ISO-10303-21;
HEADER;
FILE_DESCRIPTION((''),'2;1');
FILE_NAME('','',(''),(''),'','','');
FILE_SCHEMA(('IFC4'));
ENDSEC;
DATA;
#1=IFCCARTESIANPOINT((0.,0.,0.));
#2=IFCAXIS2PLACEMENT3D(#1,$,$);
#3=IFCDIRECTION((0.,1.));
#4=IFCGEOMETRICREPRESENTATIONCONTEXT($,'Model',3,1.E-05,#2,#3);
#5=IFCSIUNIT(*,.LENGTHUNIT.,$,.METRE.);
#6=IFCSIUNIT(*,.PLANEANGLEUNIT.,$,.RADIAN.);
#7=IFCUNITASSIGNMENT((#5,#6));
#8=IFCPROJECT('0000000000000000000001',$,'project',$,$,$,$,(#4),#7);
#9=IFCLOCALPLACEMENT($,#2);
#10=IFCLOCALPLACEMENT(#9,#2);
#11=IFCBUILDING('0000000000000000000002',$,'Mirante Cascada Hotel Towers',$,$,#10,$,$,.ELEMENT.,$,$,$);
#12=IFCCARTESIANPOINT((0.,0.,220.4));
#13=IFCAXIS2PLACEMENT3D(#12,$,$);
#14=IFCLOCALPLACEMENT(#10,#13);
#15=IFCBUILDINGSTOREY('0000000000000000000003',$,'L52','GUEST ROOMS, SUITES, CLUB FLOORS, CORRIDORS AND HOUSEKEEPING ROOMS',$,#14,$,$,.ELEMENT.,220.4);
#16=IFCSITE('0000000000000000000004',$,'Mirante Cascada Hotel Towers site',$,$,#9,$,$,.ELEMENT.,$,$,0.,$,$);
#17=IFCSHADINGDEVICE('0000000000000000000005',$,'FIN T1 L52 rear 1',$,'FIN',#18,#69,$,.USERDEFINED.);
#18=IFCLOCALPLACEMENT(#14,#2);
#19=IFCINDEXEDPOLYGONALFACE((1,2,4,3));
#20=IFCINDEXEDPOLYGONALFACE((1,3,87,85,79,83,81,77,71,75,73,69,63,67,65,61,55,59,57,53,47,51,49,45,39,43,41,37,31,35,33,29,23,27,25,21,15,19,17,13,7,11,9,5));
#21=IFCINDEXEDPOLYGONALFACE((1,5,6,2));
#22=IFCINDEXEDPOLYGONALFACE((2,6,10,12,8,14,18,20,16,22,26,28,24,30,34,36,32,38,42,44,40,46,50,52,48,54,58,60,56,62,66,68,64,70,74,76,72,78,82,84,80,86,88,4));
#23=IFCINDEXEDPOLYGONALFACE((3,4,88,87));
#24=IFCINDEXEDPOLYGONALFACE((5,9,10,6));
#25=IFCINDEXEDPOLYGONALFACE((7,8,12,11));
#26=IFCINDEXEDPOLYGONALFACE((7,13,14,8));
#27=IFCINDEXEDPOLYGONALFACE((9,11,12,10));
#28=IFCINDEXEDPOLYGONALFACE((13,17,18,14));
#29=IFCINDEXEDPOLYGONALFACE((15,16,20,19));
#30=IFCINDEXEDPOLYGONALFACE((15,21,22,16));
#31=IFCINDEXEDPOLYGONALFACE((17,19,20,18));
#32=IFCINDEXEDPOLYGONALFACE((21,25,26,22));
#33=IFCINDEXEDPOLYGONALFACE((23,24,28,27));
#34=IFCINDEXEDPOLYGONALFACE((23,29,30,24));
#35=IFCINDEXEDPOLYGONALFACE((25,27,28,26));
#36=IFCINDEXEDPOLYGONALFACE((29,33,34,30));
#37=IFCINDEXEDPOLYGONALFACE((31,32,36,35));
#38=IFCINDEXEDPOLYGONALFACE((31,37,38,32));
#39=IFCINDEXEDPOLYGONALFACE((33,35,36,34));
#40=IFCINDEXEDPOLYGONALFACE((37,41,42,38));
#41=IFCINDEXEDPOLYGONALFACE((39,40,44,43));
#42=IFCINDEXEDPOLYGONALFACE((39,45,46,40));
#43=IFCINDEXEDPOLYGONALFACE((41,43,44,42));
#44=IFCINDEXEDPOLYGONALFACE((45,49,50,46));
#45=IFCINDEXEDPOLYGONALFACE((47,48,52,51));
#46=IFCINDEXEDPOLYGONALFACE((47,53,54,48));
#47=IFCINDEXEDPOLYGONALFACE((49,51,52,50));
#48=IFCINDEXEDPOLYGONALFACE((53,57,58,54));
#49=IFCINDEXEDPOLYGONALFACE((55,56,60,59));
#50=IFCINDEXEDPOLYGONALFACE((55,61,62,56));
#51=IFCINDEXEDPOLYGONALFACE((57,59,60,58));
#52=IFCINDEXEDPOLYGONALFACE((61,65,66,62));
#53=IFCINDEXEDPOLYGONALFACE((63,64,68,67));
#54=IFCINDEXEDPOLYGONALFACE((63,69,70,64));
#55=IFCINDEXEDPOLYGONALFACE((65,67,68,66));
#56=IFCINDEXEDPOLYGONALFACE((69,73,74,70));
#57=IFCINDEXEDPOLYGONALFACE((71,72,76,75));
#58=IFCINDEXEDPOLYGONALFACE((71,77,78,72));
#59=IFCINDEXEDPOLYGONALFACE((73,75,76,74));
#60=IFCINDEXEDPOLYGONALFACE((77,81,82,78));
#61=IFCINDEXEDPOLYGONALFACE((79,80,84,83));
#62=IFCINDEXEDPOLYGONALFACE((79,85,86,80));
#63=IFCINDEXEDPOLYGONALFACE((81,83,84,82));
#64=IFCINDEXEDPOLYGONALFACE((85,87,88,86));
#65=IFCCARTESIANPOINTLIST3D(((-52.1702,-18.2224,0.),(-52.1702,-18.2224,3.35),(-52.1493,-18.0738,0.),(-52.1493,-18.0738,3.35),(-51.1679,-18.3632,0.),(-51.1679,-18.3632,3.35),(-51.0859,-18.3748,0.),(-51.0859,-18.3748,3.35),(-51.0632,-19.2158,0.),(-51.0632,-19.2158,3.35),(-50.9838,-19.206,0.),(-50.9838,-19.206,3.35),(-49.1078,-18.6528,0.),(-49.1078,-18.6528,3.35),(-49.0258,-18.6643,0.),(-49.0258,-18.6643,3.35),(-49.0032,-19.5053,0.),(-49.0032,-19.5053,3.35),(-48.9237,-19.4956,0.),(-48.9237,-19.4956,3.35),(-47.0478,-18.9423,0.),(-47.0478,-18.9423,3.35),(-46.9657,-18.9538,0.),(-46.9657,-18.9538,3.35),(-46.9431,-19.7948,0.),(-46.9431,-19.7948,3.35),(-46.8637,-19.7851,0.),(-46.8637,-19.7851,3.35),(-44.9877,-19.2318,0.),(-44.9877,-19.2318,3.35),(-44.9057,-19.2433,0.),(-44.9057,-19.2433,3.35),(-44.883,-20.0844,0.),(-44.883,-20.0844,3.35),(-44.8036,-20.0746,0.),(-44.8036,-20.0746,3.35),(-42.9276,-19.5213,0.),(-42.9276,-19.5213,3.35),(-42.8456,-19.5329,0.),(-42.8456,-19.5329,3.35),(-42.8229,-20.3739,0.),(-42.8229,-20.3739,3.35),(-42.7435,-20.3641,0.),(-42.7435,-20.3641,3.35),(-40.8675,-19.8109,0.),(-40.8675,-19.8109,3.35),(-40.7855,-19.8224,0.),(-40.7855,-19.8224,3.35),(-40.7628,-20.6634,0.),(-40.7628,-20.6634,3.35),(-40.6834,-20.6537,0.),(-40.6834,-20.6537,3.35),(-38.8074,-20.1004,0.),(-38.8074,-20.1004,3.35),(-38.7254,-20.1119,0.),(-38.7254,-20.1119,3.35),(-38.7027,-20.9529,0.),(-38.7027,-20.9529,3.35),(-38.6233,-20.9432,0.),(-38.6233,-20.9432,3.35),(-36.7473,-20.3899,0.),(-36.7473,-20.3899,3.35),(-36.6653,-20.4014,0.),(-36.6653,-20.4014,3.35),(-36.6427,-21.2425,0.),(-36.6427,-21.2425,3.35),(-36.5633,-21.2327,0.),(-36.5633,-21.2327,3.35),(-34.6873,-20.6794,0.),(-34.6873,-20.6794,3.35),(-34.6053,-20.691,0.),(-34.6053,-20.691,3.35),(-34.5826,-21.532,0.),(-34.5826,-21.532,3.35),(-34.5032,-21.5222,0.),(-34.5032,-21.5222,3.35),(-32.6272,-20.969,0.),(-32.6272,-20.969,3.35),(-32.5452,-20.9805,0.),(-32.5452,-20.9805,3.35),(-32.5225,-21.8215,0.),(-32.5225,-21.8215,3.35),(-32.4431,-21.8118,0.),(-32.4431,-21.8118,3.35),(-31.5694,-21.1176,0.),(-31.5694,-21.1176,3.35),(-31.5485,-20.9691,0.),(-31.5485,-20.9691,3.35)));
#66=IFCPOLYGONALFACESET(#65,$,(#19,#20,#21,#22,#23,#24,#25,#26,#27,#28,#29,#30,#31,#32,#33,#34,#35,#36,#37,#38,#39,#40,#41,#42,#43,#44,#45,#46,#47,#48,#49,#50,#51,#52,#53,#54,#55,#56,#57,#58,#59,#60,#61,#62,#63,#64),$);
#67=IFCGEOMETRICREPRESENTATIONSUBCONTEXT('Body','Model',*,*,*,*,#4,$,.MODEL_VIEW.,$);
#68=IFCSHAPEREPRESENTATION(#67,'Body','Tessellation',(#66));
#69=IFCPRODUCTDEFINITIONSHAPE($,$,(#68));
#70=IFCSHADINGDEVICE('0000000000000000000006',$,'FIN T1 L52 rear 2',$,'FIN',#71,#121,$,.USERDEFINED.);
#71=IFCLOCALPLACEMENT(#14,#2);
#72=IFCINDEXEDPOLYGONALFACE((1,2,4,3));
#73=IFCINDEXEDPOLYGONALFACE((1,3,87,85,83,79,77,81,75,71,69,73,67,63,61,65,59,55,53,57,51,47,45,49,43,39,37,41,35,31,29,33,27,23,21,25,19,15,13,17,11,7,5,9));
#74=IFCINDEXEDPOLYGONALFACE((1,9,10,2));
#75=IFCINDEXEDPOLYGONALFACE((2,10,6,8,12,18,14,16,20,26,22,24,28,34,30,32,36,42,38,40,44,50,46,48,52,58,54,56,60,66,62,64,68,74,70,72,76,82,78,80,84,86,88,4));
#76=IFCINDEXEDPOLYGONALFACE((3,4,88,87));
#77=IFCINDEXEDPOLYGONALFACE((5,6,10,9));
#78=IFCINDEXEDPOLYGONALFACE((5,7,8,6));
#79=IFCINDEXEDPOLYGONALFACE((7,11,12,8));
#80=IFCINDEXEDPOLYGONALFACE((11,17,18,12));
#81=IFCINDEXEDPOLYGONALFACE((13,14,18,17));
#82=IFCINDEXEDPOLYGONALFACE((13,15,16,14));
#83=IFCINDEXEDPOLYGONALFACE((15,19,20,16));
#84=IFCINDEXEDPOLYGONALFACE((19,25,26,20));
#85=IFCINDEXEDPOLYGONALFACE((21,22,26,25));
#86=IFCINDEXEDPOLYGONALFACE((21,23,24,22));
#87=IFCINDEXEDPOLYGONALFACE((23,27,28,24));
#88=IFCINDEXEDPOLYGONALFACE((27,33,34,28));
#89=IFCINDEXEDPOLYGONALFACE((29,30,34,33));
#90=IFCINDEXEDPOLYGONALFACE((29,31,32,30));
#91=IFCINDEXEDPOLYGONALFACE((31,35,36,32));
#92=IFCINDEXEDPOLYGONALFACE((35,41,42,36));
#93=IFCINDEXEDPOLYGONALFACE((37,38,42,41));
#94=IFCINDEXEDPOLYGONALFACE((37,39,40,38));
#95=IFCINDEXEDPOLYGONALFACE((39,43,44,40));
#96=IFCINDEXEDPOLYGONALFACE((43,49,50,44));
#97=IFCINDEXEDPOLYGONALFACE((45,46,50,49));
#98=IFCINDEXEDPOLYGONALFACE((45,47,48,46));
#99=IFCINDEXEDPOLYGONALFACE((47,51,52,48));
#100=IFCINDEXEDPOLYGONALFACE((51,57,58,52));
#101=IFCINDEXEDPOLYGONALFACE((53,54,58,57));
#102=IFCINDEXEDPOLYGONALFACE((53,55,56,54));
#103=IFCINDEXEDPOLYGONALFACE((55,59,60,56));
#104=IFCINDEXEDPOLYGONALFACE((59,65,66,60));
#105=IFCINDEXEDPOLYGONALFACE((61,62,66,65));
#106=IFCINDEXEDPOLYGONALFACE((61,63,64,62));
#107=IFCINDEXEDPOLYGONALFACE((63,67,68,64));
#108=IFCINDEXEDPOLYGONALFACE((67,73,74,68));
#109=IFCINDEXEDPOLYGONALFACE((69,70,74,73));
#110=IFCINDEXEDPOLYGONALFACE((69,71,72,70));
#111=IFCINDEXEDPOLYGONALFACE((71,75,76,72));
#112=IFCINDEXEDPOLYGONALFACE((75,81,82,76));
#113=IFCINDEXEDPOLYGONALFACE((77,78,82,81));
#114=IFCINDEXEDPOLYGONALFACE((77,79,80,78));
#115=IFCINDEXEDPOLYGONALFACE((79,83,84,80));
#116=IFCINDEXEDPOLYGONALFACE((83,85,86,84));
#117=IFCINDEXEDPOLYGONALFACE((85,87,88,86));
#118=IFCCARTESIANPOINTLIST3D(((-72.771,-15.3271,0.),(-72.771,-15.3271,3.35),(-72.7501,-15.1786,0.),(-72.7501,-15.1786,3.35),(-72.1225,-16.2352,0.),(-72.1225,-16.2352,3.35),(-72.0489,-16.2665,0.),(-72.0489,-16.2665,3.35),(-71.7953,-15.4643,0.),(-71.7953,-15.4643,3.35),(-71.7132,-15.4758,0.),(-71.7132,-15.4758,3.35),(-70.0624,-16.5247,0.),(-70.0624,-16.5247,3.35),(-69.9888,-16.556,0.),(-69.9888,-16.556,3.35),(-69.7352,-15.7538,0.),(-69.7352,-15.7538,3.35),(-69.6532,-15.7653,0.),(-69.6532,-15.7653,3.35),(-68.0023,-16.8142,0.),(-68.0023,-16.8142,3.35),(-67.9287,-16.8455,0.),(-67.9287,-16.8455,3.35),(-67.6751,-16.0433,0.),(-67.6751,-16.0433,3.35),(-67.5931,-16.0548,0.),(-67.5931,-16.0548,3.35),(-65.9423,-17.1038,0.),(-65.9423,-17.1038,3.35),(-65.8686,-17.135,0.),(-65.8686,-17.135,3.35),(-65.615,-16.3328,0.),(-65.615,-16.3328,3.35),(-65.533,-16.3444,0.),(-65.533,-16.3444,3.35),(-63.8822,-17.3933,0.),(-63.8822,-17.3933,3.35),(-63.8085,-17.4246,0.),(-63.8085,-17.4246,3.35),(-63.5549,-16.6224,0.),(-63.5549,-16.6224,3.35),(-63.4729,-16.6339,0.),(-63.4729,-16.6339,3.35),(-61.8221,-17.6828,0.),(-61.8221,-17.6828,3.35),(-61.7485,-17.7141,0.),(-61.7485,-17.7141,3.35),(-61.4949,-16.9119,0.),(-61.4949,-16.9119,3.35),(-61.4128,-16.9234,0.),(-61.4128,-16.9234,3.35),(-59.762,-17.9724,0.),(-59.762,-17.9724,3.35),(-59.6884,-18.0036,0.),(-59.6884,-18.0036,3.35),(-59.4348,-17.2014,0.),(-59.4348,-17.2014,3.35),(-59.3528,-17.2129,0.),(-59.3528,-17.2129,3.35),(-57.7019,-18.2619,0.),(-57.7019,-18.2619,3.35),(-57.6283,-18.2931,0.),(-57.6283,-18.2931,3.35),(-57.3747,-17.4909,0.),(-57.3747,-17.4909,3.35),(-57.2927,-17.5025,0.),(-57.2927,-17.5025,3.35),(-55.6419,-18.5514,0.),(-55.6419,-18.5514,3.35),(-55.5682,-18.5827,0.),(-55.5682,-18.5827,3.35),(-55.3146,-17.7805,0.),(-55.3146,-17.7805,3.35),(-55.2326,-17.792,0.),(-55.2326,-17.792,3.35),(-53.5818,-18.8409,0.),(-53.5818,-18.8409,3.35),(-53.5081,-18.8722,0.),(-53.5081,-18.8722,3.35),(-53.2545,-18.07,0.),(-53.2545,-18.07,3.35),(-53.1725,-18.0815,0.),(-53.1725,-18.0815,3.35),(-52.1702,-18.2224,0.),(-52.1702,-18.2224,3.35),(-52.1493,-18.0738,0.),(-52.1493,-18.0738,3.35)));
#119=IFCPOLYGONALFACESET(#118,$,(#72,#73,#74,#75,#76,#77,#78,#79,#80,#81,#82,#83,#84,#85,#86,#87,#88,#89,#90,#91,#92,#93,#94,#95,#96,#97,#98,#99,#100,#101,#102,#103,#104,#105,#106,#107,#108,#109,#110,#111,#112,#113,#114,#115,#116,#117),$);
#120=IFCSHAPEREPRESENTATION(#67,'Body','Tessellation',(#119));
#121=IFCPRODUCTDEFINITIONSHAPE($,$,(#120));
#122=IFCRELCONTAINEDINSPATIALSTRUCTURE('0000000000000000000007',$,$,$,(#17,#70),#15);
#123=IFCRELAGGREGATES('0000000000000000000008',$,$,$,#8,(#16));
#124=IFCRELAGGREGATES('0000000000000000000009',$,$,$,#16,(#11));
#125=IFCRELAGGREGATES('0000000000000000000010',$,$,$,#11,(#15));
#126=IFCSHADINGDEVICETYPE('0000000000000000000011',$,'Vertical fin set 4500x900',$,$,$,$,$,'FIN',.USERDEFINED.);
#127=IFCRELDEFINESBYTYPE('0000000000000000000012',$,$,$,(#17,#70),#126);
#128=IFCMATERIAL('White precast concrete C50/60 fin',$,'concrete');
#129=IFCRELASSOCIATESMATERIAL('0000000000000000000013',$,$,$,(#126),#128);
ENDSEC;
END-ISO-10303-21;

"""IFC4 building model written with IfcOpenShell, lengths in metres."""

from ifc_helpers import new_model, si_unit, direction, frame, origin, place, context, subcontext, project, spatial, polyline, outline, extrude, material, type_object, element, save


model = new_model("IFC4")

# Units and contexts
model_context = context("Model", 3, precision=1e-05, world=origin(), true_north=direction((0.0, 1.0)))
body_context = subcontext(model_context, "Body", "Model", "MODEL_VIEW")
ifc_project = project(units=[si_unit("LENGTHUNIT", "METRE"), si_unit("PLANEANGLEUNIT", "RADIAN")], contexts=[model_context])

# Site, building, storey
site_placement = place(None, origin())
site = spatial("IfcSite", under=ifc_project, at=site_placement, Name="Mirante Cascada Hotel Towers site", CompositionType="ELEMENT", RefElevation=0.0)
building_placement = place(site_placement, origin())
building = spatial("IfcBuilding", under=site, at=building_placement, Name="Mirante Cascada Hotel Towers", CompositionType="ELEMENT")
storey_placement = place(building_placement, frame((0.0, 0.0, 220.4)))
storey = spatial("IfcBuildingStorey", under=building, at=storey_placement, Name="L52", Description="GUEST ROOMS, SUITES, CLUB FLOORS, CORRIDORS AND HOUSEKEEPING ROOMS", CompositionType="ELEMENT", Elevation=220.4)

# Shading devices
ifc_material_1 = material(Name="White precast concrete C50/60 fin", Category="concrete")
shading_device_type = type_object("IfcShadingDeviceType", Name="Vertical fin set 4500x900", ElementType="FIN", PredefinedType="USERDEFINED", material=ifc_material_1)
shading_device_1_placement = place(storey_placement, origin())
element("IfcShadingDevice", 1, at=shading_device_1_placement, inside=storey, type_object=shading_device_type, Name="FIN T1 L52 rear 1", ObjectType="FIN", PredefinedType="USERDEFINED", context=body_context, shape_type="SweptSolid", body=[
    extrude(outline(polyline([(-42.9276, -19.5213), (-44.9057, -19.2433), (-44.8036, -20.0746), (-44.883, -20.0844), (-44.9877, -19.2318), (-46.9657, -18.9538), (-46.8637, -19.7851), (-46.9431, -19.7948), (-47.0478, -18.9423), (-49.0258, -18.6643), (-48.9237, -19.4956), (-49.0032, -19.5053), (-49.1078, -18.6528), (-51.0859, -18.3748), (-50.9838, -19.206), (-51.0632, -19.2158), (-51.1679, -18.3632), (-52.1702, -18.2224), (-52.1493, -18.0738), (-31.5485, -20.9691), (-31.5694, -21.1176), (-32.5452, -20.9805), (-32.4431, -21.8118), (-32.5225, -21.8215), (-32.6272, -20.969), (-34.6053, -20.691), (-34.5032, -21.5222), (-34.5826, -21.532), (-34.6873, -20.6794), (-36.6653, -20.4014), (-36.5633, -21.2327), (-36.6427, -21.2425), (-36.7473, -20.3899), (-38.7254, -20.1119), (-38.6233, -20.9432), (-38.7027, -20.9529), (-38.8074, -20.1004), (-40.7855, -19.8224), (-40.6834, -20.6537), (-40.7628, -20.6634), (-40.8675, -19.8109), (-42.8456, -19.5329), (-42.7435, -20.3641), (-42.8229, -20.3739), (-42.9276, -19.5213)])), origin(), (0.0, 0.0, 1.0), 3.35),
])
shading_device_2_placement = place(storey_placement, origin())
element("IfcShadingDevice", 2, at=shading_device_2_placement, inside=storey, type_object=shading_device_type, Name="FIN T1 L52 rear 2", ObjectType="FIN", PredefinedType="USERDEFINED", context=body_context, shape_type="SweptSolid", body=[
    extrude(outline(polyline([(-63.5549, -16.6224), (-65.533, -16.3444), (-65.8686, -17.135), (-65.9423, -17.1038), (-65.615, -16.3328), (-67.5931, -16.0548), (-67.9287, -16.8455), (-68.0023, -16.8142), (-67.6751, -16.0433), (-69.6532, -15.7653), (-69.9888, -16.556), (-70.0624, -16.5247), (-69.7352, -15.7538), (-71.7132, -15.4758), (-72.0489, -16.2665), (-72.1225, -16.2352), (-71.7953, -15.4643), (-72.771, -15.3271), (-72.7501, -15.1786), (-52.1493, -18.0738), (-52.1702, -18.2224), (-53.1725, -18.0815), (-53.5081, -18.8722), (-53.5818, -18.8409), (-53.2545, -18.07), (-55.2326, -17.792), (-55.5682, -18.5827), (-55.6419, -18.5514), (-55.3146, -17.7805), (-57.2927, -17.5025), (-57.6283, -18.2931), (-57.7019, -18.2619), (-57.3747, -17.4909), (-59.3528, -17.2129), (-59.6884, -18.0036), (-59.762, -17.9724), (-59.4348, -17.2014), (-61.4128, -16.9234), (-61.7485, -17.7141), (-61.8221, -17.6828), (-61.4949, -16.9119), (-63.4729, -16.6339), (-63.8085, -17.4246), (-63.8822, -17.3933), (-63.5549, -16.6224)])), origin(), (0.0, 0.0, 1.0), 3.35),
])

save(model, "model.ifc")
